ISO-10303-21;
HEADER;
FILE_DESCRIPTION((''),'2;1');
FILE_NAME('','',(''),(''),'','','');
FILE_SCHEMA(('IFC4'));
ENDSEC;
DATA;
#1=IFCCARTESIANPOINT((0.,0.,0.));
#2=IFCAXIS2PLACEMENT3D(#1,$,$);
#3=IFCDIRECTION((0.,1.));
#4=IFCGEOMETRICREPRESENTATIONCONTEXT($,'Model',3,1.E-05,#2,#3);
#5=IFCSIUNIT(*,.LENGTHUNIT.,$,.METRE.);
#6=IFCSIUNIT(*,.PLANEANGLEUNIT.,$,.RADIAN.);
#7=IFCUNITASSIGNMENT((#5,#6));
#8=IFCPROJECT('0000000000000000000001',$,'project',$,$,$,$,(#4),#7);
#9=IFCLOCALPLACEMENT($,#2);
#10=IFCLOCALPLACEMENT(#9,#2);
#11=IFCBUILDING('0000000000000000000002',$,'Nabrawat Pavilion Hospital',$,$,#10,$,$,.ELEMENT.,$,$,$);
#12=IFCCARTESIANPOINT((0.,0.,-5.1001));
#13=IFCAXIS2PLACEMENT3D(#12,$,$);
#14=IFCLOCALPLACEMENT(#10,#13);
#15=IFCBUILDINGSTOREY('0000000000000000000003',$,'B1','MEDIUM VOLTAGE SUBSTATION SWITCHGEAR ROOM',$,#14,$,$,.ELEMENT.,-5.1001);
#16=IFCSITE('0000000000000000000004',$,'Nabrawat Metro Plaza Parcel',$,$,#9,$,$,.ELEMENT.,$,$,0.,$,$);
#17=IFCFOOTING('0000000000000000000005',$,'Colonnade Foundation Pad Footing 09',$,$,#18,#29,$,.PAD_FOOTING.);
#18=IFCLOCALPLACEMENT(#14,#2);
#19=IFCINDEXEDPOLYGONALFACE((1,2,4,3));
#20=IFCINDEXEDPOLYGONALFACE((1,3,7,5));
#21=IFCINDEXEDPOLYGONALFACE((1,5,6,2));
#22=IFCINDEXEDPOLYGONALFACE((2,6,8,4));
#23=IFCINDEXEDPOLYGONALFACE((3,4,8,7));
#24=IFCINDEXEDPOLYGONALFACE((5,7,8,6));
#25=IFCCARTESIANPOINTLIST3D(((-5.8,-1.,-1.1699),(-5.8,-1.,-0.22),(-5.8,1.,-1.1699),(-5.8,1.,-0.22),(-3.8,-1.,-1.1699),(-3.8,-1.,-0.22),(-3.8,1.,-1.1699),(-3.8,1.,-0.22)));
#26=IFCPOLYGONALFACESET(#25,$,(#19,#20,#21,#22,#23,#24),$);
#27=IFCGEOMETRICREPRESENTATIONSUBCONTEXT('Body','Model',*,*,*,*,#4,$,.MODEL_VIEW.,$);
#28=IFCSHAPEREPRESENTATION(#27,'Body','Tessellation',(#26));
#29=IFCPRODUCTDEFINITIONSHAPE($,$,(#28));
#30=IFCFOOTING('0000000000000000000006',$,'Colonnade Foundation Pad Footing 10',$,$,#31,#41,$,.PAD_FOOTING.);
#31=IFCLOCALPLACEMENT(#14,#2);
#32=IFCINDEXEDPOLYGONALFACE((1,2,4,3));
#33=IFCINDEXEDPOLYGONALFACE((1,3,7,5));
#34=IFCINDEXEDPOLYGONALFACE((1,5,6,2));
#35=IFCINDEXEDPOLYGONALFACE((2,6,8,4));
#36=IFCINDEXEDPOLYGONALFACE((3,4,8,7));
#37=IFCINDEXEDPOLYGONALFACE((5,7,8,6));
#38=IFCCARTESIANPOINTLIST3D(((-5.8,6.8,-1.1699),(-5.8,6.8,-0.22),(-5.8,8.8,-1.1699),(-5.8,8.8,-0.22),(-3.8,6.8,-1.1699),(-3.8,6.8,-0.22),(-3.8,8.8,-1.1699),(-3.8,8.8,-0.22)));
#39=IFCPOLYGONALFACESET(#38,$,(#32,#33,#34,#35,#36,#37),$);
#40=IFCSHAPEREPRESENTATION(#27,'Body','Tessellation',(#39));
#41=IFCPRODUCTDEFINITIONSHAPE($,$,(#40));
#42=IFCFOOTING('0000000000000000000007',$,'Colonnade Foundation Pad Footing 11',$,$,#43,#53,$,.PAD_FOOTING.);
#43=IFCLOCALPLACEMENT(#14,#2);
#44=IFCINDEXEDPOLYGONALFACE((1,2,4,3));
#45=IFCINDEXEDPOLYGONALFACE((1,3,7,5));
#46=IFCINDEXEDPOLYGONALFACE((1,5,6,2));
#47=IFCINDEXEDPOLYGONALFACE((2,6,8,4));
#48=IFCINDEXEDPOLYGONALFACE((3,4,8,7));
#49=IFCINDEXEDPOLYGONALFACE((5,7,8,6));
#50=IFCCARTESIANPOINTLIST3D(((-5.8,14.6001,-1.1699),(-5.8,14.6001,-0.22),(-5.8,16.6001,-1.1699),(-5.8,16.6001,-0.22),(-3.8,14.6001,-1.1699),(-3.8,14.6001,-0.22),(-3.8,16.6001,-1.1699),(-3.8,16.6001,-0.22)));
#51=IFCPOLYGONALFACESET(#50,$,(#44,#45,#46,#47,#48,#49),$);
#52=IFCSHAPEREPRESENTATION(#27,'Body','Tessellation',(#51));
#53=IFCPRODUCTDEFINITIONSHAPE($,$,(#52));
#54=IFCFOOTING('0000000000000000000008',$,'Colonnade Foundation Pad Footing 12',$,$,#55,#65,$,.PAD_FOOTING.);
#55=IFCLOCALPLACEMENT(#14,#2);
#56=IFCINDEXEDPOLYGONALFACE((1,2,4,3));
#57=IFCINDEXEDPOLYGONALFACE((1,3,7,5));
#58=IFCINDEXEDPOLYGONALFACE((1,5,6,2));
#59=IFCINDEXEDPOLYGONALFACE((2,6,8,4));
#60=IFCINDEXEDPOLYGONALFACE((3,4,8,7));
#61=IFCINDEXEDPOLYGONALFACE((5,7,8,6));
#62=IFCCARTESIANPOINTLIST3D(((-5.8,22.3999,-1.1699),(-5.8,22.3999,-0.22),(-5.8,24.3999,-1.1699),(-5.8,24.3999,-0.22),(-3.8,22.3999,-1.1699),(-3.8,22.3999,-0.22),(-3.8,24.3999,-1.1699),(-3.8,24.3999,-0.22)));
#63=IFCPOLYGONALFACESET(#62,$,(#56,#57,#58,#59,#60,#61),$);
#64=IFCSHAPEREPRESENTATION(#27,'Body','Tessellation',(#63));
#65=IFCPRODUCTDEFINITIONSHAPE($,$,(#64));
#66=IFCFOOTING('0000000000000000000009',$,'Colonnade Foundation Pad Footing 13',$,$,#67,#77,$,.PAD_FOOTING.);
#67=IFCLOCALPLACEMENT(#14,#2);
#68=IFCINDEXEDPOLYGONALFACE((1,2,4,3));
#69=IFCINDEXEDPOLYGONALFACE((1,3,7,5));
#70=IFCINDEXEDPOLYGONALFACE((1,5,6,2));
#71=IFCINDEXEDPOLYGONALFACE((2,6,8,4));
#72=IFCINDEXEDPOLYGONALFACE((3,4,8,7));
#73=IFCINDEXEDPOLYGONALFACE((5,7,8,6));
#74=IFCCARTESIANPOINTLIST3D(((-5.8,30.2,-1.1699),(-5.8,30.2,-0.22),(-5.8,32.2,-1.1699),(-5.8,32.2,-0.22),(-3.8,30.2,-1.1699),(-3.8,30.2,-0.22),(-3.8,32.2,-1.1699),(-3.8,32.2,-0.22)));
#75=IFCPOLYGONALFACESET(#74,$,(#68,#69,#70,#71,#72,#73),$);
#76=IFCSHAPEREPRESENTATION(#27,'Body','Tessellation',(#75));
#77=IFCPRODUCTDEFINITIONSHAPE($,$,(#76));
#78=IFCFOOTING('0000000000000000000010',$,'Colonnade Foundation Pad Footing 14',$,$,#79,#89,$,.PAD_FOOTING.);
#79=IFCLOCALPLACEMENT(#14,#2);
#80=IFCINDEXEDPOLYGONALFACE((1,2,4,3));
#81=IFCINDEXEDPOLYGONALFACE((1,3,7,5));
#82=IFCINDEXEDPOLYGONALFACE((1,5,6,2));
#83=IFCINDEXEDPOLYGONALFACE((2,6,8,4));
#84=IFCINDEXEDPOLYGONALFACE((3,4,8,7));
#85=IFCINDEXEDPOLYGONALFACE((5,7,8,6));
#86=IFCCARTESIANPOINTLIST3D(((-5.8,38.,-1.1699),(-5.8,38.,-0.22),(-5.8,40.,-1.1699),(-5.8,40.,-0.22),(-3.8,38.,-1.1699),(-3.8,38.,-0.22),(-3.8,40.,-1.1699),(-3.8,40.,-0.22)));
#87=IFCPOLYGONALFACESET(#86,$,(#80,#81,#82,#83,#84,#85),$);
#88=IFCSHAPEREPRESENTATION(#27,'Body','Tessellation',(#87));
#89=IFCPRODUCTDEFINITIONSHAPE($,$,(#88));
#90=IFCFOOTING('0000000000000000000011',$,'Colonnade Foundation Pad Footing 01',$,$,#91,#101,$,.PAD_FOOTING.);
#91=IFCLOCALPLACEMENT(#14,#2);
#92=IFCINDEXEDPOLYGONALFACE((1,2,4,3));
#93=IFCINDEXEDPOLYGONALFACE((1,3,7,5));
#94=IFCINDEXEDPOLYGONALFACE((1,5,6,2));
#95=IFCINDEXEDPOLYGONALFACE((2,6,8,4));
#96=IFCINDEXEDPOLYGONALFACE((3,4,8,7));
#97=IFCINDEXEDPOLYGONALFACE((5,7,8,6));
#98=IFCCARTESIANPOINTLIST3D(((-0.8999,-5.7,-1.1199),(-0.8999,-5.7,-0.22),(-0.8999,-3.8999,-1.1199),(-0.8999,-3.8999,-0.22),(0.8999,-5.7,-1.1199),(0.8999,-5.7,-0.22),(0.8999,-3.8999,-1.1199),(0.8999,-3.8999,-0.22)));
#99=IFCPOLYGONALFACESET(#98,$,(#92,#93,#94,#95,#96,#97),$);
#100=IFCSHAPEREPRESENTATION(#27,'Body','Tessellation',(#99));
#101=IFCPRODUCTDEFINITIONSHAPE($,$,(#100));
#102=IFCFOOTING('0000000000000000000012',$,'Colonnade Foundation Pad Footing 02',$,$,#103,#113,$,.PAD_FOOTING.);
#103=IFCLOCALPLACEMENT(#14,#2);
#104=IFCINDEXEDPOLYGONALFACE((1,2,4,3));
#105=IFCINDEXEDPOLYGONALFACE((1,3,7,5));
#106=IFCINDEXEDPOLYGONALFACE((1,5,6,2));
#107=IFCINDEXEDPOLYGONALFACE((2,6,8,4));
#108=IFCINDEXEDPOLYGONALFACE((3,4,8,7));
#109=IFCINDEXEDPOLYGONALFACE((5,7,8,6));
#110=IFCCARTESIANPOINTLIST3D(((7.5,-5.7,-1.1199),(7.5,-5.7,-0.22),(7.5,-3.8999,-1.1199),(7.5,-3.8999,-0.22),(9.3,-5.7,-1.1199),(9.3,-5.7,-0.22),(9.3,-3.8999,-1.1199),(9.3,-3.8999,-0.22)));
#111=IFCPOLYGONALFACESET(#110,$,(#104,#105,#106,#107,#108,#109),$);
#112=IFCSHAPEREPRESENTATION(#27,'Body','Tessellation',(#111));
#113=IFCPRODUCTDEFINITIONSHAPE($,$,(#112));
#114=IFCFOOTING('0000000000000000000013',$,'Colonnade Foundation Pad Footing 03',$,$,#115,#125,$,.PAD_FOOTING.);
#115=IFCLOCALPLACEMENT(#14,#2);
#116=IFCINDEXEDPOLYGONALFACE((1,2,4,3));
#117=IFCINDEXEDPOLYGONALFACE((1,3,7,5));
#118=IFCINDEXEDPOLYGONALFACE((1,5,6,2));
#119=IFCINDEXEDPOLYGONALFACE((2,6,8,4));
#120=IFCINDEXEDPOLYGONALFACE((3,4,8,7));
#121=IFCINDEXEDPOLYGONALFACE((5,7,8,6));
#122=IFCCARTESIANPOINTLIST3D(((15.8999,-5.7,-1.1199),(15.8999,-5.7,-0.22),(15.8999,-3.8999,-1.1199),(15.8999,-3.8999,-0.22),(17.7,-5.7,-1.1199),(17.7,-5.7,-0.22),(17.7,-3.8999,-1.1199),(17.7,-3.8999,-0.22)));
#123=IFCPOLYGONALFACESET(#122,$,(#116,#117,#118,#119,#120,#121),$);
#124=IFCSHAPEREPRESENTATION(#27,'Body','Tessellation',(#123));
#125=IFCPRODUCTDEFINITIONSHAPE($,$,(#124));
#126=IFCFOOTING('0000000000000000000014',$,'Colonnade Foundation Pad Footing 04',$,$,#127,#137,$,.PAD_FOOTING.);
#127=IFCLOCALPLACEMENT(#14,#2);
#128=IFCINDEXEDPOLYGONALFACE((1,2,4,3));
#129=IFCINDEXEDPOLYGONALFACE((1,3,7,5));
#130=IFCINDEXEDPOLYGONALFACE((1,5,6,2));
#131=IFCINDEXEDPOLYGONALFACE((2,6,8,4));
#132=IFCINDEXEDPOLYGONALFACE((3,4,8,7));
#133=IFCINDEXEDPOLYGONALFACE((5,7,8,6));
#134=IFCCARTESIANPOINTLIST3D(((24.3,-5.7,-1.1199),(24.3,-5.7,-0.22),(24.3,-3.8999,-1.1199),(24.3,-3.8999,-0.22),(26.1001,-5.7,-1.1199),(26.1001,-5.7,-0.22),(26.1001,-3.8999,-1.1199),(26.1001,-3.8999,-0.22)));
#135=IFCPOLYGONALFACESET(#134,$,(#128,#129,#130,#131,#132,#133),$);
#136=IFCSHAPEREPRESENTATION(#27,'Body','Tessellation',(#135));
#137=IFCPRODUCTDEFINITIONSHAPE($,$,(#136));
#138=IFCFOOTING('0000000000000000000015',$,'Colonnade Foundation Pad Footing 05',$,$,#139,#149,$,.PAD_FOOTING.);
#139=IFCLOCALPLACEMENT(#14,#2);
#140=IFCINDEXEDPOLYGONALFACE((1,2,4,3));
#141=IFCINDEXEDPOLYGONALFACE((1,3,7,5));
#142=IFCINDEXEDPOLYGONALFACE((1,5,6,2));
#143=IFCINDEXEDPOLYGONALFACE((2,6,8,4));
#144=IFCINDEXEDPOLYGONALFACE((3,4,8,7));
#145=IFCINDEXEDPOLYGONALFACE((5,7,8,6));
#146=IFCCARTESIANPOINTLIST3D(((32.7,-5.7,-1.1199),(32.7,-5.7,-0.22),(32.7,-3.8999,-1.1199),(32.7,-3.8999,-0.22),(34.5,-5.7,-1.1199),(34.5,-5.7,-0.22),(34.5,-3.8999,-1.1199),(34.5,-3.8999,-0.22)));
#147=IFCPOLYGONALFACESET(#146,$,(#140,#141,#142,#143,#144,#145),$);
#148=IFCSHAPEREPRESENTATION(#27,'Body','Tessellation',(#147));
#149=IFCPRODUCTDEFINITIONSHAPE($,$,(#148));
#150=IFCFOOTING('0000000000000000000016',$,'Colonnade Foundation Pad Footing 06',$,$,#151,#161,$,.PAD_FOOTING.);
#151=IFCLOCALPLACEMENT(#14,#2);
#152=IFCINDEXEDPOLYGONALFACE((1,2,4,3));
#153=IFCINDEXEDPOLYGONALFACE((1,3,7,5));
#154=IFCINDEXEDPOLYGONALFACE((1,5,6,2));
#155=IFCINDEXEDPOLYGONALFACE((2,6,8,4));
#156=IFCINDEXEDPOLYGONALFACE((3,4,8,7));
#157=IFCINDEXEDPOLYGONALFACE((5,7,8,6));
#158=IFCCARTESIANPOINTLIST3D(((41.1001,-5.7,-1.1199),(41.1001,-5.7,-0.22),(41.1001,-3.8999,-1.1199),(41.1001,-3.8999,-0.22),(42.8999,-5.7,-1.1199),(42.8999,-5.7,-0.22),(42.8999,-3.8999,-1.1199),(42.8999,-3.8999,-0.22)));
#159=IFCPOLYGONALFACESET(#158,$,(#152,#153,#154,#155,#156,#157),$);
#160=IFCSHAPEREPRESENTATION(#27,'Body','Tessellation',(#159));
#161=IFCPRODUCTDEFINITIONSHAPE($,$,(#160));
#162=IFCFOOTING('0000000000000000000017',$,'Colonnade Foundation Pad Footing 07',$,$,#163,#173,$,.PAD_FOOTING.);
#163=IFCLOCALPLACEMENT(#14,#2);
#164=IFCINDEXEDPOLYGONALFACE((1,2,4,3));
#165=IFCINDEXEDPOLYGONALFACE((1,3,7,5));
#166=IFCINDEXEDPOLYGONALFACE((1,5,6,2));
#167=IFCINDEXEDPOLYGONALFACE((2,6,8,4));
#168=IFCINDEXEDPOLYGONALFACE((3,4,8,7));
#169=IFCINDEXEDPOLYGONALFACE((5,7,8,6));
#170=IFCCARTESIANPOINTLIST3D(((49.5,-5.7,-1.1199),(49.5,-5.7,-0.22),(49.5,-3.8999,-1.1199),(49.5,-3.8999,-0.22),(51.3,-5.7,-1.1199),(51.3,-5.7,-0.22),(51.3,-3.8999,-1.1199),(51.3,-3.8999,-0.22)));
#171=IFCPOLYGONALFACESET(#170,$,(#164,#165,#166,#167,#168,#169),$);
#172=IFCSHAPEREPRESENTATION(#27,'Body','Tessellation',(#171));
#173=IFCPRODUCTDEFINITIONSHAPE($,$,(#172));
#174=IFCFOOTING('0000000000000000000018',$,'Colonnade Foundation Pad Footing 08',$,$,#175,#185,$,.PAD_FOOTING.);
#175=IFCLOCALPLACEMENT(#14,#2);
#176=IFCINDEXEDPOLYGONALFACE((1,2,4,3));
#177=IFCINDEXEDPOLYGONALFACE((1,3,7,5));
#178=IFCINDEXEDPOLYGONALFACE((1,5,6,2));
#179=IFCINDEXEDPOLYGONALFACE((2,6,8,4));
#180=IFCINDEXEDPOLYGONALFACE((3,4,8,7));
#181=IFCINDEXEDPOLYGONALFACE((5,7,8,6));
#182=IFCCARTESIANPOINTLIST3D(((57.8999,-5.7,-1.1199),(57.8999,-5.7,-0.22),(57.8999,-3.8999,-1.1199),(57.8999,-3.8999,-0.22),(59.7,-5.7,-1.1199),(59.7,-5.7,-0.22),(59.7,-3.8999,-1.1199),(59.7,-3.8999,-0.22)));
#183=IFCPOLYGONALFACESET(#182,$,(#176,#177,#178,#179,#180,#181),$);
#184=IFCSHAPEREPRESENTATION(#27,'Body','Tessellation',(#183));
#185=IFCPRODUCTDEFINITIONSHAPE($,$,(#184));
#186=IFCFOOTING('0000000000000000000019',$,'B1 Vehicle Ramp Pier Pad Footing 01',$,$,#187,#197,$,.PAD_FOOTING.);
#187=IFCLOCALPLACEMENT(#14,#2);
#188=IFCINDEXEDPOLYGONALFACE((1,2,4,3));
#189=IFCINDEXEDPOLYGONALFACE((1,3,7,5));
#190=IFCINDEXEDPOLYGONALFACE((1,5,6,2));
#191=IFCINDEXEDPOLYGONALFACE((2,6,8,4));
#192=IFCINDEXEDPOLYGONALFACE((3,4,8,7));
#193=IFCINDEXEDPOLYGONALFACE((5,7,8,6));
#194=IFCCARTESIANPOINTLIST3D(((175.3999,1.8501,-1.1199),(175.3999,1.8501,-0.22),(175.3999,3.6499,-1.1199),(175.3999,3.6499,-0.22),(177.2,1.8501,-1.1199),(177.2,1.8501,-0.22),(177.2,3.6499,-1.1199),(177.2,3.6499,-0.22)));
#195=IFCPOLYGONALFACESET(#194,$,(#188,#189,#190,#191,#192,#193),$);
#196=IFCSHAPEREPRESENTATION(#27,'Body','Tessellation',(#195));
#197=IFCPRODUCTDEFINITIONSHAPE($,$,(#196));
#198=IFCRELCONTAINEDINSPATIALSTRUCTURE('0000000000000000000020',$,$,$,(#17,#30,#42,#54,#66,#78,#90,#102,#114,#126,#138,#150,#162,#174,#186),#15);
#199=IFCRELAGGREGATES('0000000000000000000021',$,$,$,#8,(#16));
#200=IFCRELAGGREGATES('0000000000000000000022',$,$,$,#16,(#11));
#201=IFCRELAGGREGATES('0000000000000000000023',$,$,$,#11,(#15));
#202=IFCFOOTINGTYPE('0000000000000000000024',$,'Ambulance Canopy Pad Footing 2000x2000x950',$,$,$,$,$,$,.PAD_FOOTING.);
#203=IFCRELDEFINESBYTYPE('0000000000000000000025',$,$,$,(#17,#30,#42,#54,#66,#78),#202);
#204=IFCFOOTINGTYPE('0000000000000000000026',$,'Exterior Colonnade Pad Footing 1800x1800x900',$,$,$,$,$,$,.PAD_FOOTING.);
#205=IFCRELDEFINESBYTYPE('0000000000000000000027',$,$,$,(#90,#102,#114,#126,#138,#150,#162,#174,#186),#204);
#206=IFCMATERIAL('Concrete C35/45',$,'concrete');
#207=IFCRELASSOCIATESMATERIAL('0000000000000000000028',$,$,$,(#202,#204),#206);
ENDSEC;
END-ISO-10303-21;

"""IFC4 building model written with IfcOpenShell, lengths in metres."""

from ifc_helpers import new_model, si_unit, direction, frame, origin, place, context, subcontext, project, spatial, polyline, outline, extrude, material, type_object, element, save


model = new_model("IFC4")

# Units and contexts
model_context = context("Model", 3, precision=1e-05, world=origin(), true_north=direction((0.0, 1.0)))
body_context = subcontext(model_context, "Body", "Model", "MODEL_VIEW")
ifc_project = project(units=[si_unit("LENGTHUNIT", "METRE"), si_unit("PLANEANGLEUNIT", "RADIAN")], contexts=[model_context])

# Site, building, storey
site_placement = place(None, origin())
site = spatial("IfcSite", under=ifc_project, at=site_placement, Name="Nabrawat Metro Plaza Parcel", CompositionType="ELEMENT", RefElevation=0.0)
building_placement = place(site_placement, origin())
building = spatial("IfcBuilding", under=site, at=building_placement, Name="Nabrawat Pavilion Hospital", CompositionType="ELEMENT")
storey_placement = place(building_placement, frame((0.0, 0.0, -5.1001)))
storey = spatial("IfcBuildingStorey", under=building, at=storey_placement, Name="B1", Description="MEDIUM VOLTAGE SUBSTATION SWITCHGEAR ROOM", CompositionType="ELEMENT", Elevation=-5.1001)

# Footings
ifc_material_1 = material(Name="Concrete C35/45", Category="concrete")
footing_type_1 = type_object("IfcFootingType", Name="Ambulance Canopy Pad Footing 2000x2000x950", PredefinedType="PAD_FOOTING", material=ifc_material_1)
footing_1_placement = place(storey_placement, frame((0.0, 0.0, -1.1699)))
element("IfcFooting", 1, at=footing_1_placement, inside=storey, type_object=footing_type_1, Name="Colonnade Foundation Pad Footing 09", PredefinedType="PAD_FOOTING", context=body_context, shape_type="SweptSolid", body=[
    extrude(outline(polyline([(-3.8, -1.0), (-3.8, 1.0), (-5.8, 1.0), (-5.8, -1.0), (-3.8, -1.0)])), origin(), (0.0, 0.0, 1.0), 0.95),
])
footing_2_placement = place(storey_placement, frame((0.0, 0.0, -1.1699)))
element("IfcFooting", 2, at=footing_2_placement, inside=storey, type_object=footing_type_1, Name="Colonnade Foundation Pad Footing 10", PredefinedType="PAD_FOOTING", context=body_context, shape_type="SweptSolid", body=[
    extrude(outline(polyline([(-3.8, 6.8), (-3.8, 8.8), (-5.8, 8.8), (-5.8, 6.8), (-3.8, 6.8)])), origin(), (0.0, 0.0, 1.0), 0.95),
])
footing_3_placement = place(storey_placement, frame((0.0, 0.0, -1.1699)))
element("IfcFooting", 3, at=footing_3_placement, inside=storey, type_object=footing_type_1, Name="Colonnade Foundation Pad Footing 11", PredefinedType="PAD_FOOTING", context=body_context, shape_type="SweptSolid", body=[
    extrude(outline(polyline([(-3.8, 14.6001), (-3.8, 16.6001), (-5.8, 16.6001), (-5.8, 14.6001), (-3.8, 14.6001)])), origin(), (0.0, 0.0, 1.0), 0.95),
])
footing_4_placement = place(storey_placement, frame((0.0, 0.0, -1.1699)))
element("IfcFooting", 4, at=footing_4_placement, inside=storey, type_object=footing_type_1, Name="Colonnade Foundation Pad Footing 12", PredefinedType="PAD_FOOTING", context=body_context, shape_type="SweptSolid", body=[
    extrude(outline(polyline([(-3.8, 22.3999), (-3.8, 24.3999), (-5.8, 24.3999), (-5.8, 22.3999), (-3.8, 22.3999)])), origin(), (0.0, 0.0, 1.0), 0.95),
])
footing_5_placement = place(storey_placement, frame((0.0, 0.0, -1.1699)))
element("IfcFooting", 5, at=footing_5_placement, inside=storey, type_object=footing_type_1, Name="Colonnade Foundation Pad Footing 13", PredefinedType="PAD_FOOTING", context=body_context, shape_type="SweptSolid", body=[
    extrude(outline(polyline([(-3.8, 30.2), (-3.8, 32.2), (-5.8, 32.2), (-5.8, 30.2), (-3.8, 30.2)])), origin(), (0.0, 0.0, 1.0), 0.95),
])
footing_6_placement = place(storey_placement, frame((0.0, 0.0, -1.1699)))
element("IfcFooting", 6, at=footing_6_placement, inside=storey, type_object=footing_type_1, Name="Colonnade Foundation Pad Footing 14", PredefinedType="PAD_FOOTING", context=body_context, shape_type="SweptSolid", body=[
    extrude(outline(polyline([(-3.8, 38.0), (-3.8, 40.0), (-5.8, 40.0), (-5.8, 38.0), (-3.8, 38.0)])), origin(), (0.0, 0.0, 1.0), 0.95),
])
footing_type_2 = type_object("IfcFootingType", Name="Exterior Colonnade Pad Footing 1800x1800x900", PredefinedType="PAD_FOOTING", material=ifc_material_1)
footing_7_placement = place(storey_placement, frame((0.0, 0.0, -1.1199)))
element("IfcFooting", 7, at=footing_7_placement, inside=storey, type_object=footing_type_2, Name="Colonnade Foundation Pad Footing 01", PredefinedType="PAD_FOOTING", context=body_context, shape_type="SweptSolid", body=[
    extrude(outline(polyline([(0.8999, -5.7), (0.8999, -3.8999), (-0.8999, -3.8999), (-0.8999, -5.7), (0.8999, -5.7)])), origin(), (0.0, 0.0, 1.0), 0.8999),
])
footing_8_placement = place(storey_placement, frame((0.0, 0.0, -1.1199)))
element("IfcFooting", 8, at=footing_8_placement, inside=storey, type_object=footing_type_2, Name="Colonnade Foundation Pad Footing 02", PredefinedType="PAD_FOOTING", context=body_context, shape_type="SweptSolid", body=[
    extrude(outline(polyline([(9.3, -5.7), (9.3, -3.8999), (7.5, -3.8999), (7.5, -5.7), (9.3, -5.7)])), origin(), (0.0, 0.0, 1.0), 0.8999),
])
footing_9_placement = place(storey_placement, frame((0.0, 0.0, -1.1199)))
element("IfcFooting", 9, at=footing_9_placement, inside=storey, type_object=footing_type_2, Name="Colonnade Foundation Pad Footing 03", PredefinedType="PAD_FOOTING", context=body_context, shape_type="SweptSolid", body=[
    extrude(outline(polyline([(17.7, -5.7), (17.7, -3.8999), (15.8999, -3.8999), (15.8999, -5.7), (17.7, -5.7)])), origin(), (0.0, 0.0, 1.0), 0.8999),
])
footing_10_placement = place(storey_placement, frame((0.0, 0.0, -1.1199)))
element("IfcFooting", 10, at=footing_10_placement, inside=storey, type_object=footing_type_2, Name="Colonnade Foundation Pad Footing 04", PredefinedType="PAD_FOOTING", context=body_context, shape_type="SweptSolid", body=[
    extrude(outline(polyline([(26.1001, -5.7), (26.1001, -3.8999), (24.3, -3.8999), (24.3, -5.7), (26.1001, -5.7)])), origin(), (0.0, 0.0, 1.0), 0.8999),
])
footing_11_placement = place(storey_placement, frame((0.0, 0.0, -1.1199)))
element("IfcFooting", 11, at=footing_11_placement, inside=storey, type_object=footing_type_2, Name="Colonnade Foundation Pad Footing 05", PredefinedType="PAD_FOOTING", context=body_context, shape_type="SweptSolid", body=[
    extrude(outline(polyline([(34.5, -5.7), (34.5, -3.8999), (32.7, -3.8999), (32.7, -5.7), (34.5, -5.7)])), origin(), (0.0, 0.0, 1.0), 0.8999),
])
footing_12_placement = place(storey_placement, frame((0.0, 0.0, -1.1199)))
element("IfcFooting", 12, at=footing_12_placement, inside=storey, type_object=footing_type_2, Name="Colonnade Foundation Pad Footing 06", PredefinedType="PAD_FOOTING", context=body_context, shape_type="SweptSolid", body=[
    extrude(outline(polyline([(42.8999, -5.7), (42.8999, -3.8999), (41.1001, -3.8999), (41.1001, -5.7), (42.8999, -5.7)])), origin(), (0.0, 0.0, 1.0), 0.8999),
])
footing_13_placement = place(storey_placement, frame((0.0, 0.0, -1.1199)))
element("IfcFooting", 13, at=footing_13_placement, inside=storey, type_object=footing_type_2, Name="Colonnade Foundation Pad Footing 07", PredefinedType="PAD_FOOTING", context=body_context, shape_type="SweptSolid", body=[
    extrude(outline(polyline([(51.3, -5.7), (51.3, -3.8999), (49.5, -3.8999), (49.5, -5.7), (51.3, -5.7)])), origin(), (0.0, 0.0, 1.0), 0.8999),
])
footing_14_placement = place(storey_placement, frame((0.0, 0.0, -1.1199)))
element("IfcFooting", 14, at=footing_14_placement, inside=storey, type_object=footing_type_2, Name="Colonnade Foundation Pad Footing 08", PredefinedType="PAD_FOOTING", context=body_context, shape_type="SweptSolid", body=[
    extrude(outline(polyline([(59.7, -5.7), (59.7, -3.8999), (57.8999, -3.8999), (57.8999, -5.7), (59.7, -5.7)])), origin(), (0.0, 0.0, 1.0), 0.8999),
])
footing_15_placement = place(storey_placement, frame((0.0, 0.0, -1.1199)))
element("IfcFooting", 15, at=footing_15_placement, inside=storey, type_object=footing_type_2, Name="B1 Vehicle Ramp Pier Pad Footing 01", PredefinedType="PAD_FOOTING", context=body_context, shape_type="SweptSolid", body=[
    extrude(outline(polyline([(177.2, 1.8501), (177.2, 3.6499), (175.3999, 3.6499), (175.3999, 1.8501), (177.2, 1.8501)])), origin(), (0.0, 0.0, 1.0), 0.8999),
])

save(model, "model.ifc")
